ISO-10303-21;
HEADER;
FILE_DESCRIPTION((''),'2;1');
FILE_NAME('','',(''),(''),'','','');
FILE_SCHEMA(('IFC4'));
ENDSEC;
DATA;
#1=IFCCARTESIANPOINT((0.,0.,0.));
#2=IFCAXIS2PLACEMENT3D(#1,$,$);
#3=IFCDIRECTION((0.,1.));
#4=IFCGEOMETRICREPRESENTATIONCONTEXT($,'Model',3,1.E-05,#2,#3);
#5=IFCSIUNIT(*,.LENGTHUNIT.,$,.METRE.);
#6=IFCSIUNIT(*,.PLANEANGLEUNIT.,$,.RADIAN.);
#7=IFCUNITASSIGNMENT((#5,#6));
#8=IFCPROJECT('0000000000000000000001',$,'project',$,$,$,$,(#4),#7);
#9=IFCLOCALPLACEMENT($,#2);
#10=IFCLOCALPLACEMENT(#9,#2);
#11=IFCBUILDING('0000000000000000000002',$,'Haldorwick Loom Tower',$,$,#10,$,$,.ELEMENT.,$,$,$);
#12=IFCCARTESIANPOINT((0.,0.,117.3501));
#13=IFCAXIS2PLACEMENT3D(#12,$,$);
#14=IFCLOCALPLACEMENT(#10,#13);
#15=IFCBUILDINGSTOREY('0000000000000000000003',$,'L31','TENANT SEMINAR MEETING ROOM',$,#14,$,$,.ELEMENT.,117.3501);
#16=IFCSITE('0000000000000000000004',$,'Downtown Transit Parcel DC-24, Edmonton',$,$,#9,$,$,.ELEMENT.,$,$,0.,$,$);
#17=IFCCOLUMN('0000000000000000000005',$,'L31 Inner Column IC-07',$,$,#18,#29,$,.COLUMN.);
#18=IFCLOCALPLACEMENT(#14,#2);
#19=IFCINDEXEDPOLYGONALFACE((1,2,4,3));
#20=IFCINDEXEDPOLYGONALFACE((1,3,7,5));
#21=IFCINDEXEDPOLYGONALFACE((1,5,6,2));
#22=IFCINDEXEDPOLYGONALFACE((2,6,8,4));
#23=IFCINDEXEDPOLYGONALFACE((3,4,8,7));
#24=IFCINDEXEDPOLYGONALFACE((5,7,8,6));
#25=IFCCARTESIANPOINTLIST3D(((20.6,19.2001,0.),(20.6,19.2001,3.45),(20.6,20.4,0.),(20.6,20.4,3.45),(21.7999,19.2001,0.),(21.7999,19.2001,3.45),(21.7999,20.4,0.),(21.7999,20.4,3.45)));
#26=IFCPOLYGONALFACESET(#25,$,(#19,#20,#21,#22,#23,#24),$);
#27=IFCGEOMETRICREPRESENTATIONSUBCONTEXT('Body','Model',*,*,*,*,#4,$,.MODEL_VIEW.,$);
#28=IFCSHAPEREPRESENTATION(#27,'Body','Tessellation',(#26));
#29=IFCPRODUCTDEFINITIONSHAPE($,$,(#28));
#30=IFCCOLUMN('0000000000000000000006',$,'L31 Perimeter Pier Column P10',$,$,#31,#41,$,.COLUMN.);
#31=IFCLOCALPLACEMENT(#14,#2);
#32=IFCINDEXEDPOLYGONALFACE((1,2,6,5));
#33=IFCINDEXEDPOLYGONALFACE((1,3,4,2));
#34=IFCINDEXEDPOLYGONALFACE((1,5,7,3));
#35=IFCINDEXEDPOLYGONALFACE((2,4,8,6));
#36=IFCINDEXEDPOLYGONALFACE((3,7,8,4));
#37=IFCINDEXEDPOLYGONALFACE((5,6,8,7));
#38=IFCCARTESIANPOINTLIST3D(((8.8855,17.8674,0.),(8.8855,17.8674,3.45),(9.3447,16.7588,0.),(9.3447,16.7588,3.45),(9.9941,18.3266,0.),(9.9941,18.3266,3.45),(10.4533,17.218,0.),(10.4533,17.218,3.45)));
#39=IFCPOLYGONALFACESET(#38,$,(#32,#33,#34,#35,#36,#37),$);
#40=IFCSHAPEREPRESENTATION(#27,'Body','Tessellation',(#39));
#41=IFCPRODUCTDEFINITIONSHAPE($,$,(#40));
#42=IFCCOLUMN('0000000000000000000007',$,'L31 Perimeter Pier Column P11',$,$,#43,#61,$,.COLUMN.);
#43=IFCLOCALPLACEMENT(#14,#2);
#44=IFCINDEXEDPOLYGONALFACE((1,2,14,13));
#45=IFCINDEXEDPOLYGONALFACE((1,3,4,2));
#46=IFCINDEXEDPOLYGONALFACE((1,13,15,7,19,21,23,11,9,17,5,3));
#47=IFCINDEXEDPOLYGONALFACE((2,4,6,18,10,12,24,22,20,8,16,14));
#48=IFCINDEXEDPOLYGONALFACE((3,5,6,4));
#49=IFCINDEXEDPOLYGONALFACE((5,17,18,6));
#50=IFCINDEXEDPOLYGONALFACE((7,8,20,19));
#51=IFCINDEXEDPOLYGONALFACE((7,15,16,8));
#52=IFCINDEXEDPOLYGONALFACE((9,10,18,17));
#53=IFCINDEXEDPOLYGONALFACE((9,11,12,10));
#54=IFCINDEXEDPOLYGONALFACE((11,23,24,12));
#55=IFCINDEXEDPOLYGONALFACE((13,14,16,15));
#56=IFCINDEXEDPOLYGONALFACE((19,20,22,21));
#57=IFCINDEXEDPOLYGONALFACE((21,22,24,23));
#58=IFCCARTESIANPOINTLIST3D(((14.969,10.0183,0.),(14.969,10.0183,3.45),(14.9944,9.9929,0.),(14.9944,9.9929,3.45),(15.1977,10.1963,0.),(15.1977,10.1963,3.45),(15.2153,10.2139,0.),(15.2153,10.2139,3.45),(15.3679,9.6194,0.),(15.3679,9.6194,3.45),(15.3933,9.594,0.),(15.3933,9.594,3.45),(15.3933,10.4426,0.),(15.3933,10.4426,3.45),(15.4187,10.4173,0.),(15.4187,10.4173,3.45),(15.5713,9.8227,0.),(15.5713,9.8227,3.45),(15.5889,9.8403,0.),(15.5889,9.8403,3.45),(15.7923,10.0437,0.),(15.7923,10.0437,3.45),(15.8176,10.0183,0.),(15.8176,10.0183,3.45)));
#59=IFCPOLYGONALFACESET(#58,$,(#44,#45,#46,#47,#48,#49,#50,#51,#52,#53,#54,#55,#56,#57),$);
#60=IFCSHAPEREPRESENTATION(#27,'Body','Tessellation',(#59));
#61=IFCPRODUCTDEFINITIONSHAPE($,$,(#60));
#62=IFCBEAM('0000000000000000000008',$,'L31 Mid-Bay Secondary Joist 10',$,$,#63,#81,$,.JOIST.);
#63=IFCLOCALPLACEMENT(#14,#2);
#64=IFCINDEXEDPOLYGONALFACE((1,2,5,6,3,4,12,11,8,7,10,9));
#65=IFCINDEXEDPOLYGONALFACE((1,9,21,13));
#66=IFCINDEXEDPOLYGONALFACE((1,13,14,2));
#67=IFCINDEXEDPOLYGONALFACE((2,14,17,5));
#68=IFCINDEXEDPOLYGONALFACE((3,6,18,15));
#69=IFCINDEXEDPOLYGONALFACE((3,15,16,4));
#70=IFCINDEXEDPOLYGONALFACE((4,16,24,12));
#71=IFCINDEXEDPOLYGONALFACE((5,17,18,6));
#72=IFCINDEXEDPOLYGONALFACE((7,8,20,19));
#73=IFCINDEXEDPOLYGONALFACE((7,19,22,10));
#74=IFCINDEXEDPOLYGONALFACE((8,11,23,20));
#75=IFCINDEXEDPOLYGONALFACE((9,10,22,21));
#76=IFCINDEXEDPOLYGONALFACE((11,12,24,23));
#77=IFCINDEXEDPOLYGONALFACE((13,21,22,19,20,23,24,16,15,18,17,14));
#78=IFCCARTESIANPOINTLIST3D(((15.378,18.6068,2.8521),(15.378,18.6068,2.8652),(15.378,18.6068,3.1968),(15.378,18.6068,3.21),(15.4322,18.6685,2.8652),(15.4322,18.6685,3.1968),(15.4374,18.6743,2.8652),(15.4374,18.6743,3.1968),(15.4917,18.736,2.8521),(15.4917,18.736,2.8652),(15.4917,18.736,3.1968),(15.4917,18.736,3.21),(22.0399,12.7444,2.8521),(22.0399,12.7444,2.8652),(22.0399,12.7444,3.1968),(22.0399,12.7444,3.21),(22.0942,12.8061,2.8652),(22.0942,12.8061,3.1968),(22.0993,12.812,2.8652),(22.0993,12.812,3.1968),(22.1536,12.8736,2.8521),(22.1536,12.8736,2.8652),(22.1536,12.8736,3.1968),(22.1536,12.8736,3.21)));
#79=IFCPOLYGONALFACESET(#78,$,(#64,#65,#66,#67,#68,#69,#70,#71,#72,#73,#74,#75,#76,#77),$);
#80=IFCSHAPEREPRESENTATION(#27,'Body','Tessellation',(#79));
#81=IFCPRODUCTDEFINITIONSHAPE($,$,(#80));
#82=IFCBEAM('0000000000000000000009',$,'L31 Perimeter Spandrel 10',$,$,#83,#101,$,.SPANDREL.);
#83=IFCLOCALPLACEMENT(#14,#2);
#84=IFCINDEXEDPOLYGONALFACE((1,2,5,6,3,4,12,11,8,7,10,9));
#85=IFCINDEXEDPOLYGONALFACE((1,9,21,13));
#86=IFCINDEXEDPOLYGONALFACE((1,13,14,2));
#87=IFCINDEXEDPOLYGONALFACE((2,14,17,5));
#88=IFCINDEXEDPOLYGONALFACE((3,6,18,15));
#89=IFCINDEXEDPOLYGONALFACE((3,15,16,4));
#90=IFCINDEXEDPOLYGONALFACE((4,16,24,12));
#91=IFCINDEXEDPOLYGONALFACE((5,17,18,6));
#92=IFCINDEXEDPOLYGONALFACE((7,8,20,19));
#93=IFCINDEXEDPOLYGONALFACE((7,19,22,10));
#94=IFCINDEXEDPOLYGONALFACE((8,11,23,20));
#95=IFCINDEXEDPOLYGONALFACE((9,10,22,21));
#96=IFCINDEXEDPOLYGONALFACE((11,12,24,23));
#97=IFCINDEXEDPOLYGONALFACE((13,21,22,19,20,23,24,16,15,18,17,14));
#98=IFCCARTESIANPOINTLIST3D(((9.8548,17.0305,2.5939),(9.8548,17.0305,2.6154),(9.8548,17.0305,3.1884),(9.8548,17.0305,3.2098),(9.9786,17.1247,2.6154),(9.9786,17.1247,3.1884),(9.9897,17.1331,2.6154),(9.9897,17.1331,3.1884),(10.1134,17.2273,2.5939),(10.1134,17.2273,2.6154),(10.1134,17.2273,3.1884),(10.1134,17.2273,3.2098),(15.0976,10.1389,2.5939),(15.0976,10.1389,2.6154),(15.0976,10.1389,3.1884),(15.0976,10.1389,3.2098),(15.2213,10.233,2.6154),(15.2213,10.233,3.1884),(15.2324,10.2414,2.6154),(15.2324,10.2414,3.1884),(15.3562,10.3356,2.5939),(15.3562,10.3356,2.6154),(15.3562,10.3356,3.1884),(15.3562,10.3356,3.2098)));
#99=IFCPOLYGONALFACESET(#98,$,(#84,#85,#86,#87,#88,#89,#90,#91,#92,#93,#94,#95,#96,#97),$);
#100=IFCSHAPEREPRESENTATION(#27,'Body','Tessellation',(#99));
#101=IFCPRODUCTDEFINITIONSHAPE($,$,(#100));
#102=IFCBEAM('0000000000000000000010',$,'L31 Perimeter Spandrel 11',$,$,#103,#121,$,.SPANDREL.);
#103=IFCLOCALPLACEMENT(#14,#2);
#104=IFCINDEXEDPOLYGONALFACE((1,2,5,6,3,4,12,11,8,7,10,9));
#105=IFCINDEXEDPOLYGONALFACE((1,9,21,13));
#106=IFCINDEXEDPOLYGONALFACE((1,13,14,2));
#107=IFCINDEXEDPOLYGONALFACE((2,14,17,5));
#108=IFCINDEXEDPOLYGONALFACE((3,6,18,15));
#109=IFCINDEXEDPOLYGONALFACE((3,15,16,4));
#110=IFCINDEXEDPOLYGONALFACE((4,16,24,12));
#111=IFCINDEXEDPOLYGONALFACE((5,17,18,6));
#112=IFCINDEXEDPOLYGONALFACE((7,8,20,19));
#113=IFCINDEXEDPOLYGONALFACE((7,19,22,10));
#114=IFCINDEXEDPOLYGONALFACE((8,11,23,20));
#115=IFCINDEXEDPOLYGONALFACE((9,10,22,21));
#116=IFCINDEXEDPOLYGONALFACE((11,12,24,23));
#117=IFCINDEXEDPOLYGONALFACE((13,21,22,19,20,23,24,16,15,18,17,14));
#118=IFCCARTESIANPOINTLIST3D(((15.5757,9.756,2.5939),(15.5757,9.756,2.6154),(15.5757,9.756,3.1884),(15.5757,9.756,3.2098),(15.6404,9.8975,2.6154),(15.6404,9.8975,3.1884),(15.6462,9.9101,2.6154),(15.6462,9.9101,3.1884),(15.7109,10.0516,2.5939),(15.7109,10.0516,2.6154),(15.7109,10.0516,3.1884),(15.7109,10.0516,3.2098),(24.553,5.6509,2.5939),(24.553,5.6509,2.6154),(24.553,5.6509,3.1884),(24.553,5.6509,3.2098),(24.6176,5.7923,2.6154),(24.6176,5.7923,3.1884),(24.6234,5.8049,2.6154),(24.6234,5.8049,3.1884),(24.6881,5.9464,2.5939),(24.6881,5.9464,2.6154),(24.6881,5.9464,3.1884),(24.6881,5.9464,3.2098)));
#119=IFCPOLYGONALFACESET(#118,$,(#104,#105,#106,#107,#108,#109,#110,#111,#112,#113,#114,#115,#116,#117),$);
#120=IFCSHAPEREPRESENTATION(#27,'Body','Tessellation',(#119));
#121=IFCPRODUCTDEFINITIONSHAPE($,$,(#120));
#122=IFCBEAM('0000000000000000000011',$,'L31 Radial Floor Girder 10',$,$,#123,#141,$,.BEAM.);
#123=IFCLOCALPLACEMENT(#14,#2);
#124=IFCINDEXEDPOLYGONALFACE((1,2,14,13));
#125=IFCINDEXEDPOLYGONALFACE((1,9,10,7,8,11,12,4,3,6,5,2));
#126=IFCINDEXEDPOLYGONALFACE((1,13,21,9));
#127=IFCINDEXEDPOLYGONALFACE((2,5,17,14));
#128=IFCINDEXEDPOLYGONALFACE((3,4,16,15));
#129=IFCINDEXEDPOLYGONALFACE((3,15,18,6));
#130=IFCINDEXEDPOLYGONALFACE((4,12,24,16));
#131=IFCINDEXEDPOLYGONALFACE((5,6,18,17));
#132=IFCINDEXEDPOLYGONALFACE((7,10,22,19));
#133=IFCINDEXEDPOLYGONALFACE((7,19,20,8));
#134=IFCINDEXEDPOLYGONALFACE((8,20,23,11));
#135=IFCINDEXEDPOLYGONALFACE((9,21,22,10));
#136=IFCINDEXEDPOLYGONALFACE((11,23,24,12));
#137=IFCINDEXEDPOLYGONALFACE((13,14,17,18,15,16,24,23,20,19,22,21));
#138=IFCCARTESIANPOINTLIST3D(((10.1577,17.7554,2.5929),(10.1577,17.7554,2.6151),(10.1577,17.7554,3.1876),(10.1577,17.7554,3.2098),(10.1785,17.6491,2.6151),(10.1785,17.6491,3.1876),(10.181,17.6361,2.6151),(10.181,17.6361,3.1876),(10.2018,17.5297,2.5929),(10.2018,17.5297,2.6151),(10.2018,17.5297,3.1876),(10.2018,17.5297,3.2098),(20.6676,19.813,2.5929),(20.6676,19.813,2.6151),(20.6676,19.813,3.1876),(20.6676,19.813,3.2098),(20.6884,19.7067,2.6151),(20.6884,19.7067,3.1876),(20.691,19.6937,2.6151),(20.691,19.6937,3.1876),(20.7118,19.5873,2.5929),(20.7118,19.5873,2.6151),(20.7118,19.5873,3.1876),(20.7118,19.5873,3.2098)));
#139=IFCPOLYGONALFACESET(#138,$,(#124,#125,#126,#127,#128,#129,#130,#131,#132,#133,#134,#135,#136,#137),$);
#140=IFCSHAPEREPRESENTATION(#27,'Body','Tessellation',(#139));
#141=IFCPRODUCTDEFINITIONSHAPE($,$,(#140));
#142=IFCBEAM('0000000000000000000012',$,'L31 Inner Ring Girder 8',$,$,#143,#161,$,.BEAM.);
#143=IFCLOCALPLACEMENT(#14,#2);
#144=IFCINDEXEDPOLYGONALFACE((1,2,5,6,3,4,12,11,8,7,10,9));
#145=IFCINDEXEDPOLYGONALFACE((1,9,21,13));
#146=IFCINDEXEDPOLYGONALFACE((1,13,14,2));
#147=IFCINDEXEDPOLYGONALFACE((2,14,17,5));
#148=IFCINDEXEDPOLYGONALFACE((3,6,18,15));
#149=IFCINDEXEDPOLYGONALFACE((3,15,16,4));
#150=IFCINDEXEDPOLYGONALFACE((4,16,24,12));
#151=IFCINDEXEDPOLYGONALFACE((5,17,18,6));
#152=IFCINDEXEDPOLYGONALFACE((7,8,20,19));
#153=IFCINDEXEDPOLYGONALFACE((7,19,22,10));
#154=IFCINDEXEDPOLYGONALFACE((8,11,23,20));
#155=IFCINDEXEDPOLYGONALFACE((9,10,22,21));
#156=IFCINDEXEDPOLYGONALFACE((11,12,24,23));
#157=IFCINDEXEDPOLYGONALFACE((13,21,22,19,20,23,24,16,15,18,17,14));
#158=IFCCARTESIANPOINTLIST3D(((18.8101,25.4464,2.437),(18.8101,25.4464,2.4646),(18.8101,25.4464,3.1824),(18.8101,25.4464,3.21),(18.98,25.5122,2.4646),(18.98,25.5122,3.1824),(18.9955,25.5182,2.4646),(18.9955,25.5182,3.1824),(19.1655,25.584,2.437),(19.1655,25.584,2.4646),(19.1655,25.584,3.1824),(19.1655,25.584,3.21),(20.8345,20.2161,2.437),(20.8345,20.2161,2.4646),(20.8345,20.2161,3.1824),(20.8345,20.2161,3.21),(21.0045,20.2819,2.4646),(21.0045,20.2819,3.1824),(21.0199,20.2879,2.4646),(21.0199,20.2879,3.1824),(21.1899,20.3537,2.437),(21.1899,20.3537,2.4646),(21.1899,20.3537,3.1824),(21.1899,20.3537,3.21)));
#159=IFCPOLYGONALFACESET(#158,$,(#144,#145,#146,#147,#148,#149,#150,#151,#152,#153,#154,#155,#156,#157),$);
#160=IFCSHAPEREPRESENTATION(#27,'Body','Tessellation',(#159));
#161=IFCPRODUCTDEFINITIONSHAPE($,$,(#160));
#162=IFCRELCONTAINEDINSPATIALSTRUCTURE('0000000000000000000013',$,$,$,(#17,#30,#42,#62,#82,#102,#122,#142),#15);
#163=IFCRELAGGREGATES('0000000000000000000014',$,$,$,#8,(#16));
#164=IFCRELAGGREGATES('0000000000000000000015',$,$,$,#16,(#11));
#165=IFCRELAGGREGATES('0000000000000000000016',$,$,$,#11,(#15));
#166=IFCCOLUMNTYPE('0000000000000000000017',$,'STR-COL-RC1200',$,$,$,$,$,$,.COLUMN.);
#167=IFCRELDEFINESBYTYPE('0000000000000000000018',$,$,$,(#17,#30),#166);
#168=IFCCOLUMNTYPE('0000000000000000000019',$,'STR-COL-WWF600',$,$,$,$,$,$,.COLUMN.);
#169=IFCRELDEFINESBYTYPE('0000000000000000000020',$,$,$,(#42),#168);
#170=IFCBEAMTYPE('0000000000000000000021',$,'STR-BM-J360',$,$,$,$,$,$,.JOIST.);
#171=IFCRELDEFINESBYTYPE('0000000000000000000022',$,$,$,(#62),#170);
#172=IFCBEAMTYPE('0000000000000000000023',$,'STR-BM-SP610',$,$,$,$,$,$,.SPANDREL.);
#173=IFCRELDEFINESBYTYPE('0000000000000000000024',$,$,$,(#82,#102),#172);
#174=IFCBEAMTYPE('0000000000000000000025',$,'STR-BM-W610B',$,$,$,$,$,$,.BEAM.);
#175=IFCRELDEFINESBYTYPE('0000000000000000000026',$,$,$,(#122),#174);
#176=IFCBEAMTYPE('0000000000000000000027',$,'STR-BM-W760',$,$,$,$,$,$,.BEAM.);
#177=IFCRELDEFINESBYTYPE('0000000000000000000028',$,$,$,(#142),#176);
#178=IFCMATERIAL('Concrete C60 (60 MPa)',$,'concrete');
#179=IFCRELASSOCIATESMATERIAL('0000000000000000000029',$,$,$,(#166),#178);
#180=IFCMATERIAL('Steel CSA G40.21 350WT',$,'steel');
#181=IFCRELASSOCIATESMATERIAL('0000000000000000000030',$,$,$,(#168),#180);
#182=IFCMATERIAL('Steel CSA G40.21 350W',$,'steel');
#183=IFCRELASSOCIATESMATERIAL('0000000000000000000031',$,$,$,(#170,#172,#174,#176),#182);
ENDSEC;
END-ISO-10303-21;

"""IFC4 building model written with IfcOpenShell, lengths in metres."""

from ifc_helpers import new_model, si_unit, direction, frame, origin, origin_2d, place, context, subcontext, project, spatial, rectangle, i_section, extrude, material, material_profile, profile_set, type_object, element, save


model = new_model("IFC4")

# Units and contexts
model_context = context("Model", 3, precision=1e-05, world=origin(), true_north=direction((0.0, 1.0)))
body_context = subcontext(model_context, "Body", "Model", "MODEL_VIEW")
ifc_project = project(units=[si_unit("LENGTHUNIT", "METRE"), si_unit("PLANEANGLEUNIT", "RADIAN")], contexts=[model_context])

# Site, building, storey
site_placement = place(None, origin())
site = spatial("IfcSite", under=ifc_project, at=site_placement, Name="Downtown Transit Parcel DC-24, Edmonton", CompositionType="ELEMENT", RefElevation=0.0)
building_placement = place(site_placement, origin())
building = spatial("IfcBuilding", under=site, at=building_placement, Name="Haldorwick Loom Tower", CompositionType="ELEMENT")
storey_placement = place(building_placement, frame((0.0, 0.0, 117.3501)))
storey = spatial("IfcBuildingStorey", under=building, at=storey_placement, Name="L31", Description="TENANT SEMINAR MEETING ROOM", CompositionType="ELEMENT", Elevation=117.3501)

# Columns
ifc_material_1 = material(Name="Concrete C60 (60 MPa)", Category="concrete")
ifc_material_profile_1 = material_profile(ifc_material_1, rectangle(XDim=1.2, YDim=1.2, at=origin_2d()), Name="RC1200X1200", Category="concrete")
ifc_profile_set_1 = profile_set([ifc_material_profile_1], Name="Concrete C60 (60 MPa)")
column_type_1 = type_object("IfcColumnType", Name="STR-COL-RC1200", PredefinedType="COLUMN", material=ifc_profile_set_1)
for number, where, z_axis, x_axis, name in (
    (1, (21.2, 19.8, 0.0), (0.0, 0.0, 1.0), (1.0, 0.0, 0.0), "L31 Inner Column IC-07"),
    (2, (9.6694, 17.5427, 0.0), (0.0, 0.0, 1.0), (-0.92388, -0.382683, 0.0), "L31 Perimeter Pier Column P10"),
):
    element("IfcColumn", number, at=place(storey_placement, frame(where, z_axis=z_axis, x_axis=x_axis)), inside=storey, type_object=column_type_1, Name=name, PredefinedType="COLUMN", context=body_context, shape_type="SweptSolid", body=[
        extrude(rectangle(XDim=1.2, YDim=1.2, at=origin_2d()), origin(), (0.0, 0.0, 1.0), 3.45),
    ])
ifc_material_2 = material(Name="Steel CSA G40.21 350WT", Category="steel")
ifc_material_profile_2 = material_profile(ifc_material_2, i_section(OverallWidth=0.6001, OverallDepth=0.6001, WebThickness=0.0249, FlangeThickness=0.0359, at=origin_2d()), Name="WWF600X600", Category="steel")
ifc_profile_set_2 = profile_set([ifc_material_profile_2], Name="Steel CSA G40.21 350WT")
column_type_2 = type_object("IfcColumnType", Name="STR-COL-WWF600", PredefinedType="COLUMN", material=ifc_profile_set_2)
column_placement = place(storey_placement, frame((15.3933, 10.0183, 0.0), z_axis=(0.0, 0.0, 1.0), x_axis=(-0.707107, -0.707107, 0.0)))
element("IfcColumn", 3, at=column_placement, inside=storey, type_object=column_type_2, Name="L31 Perimeter Pier Column P11", PredefinedType="COLUMN", context=body_context, shape_type="SweptSolid", body=[
    extrude(i_section(OverallWidth=0.6001, OverallDepth=0.6001, WebThickness=0.0249, FlangeThickness=0.0359, at=origin_2d()), origin(), (0.0, 0.0, 1.0), 3.45),
])

# Beams
ifc_material_3 = material(Name="Steel CSA G40.21 350W", Category="steel")
ifc_material_profile_3 = material_profile(ifc_material_3, i_section(OverallWidth=0.1721, OverallDepth=0.3579, WebThickness=0.0078, FlangeThickness=0.0132, at=origin_2d()), Name="W360X57", Category="steel")
ifc_profile_set_3 = profile_set([ifc_material_profile_3], Name="Steel CSA G40.21 350W")
beam_type_1 = type_object("IfcBeamType", Name="STR-BM-J360", PredefinedType="JOIST", material=ifc_profile_set_3)
beam_1_placement = place(storey_placement, frame((15.4348, 18.6714, 3.031), z_axis=(0.750721, -0.660619, 0.0), x_axis=(0.660619, 0.750721, 0.0)))
element("IfcBeam", 4, at=beam_1_placement, inside=storey, type_object=beam_type_1, Name="L31 Mid-Bay Secondary Joist 10", PredefinedType="JOIST", context=body_context, shape_type="SweptSolid", body=[
    extrude(i_section(OverallWidth=0.1721, OverallDepth=0.3579, WebThickness=0.0078, FlangeThickness=0.0132, at=origin_2d()), origin(), (0.0, 0.0, 1.0), 8.874),
])
ifc_material_profile_4 = material_profile(ifc_material_3, i_section(OverallWidth=0.325, OverallDepth=0.616, WebThickness=0.0139, FlangeThickness=0.0215, at=origin_2d()), Name="W610X174", Category="steel")
ifc_profile_set_4 = profile_set([ifc_material_profile_4], Name="Steel CSA G40.21 350W")
beam_type_2 = type_object("IfcBeamType", Name="STR-BM-SP610", PredefinedType="SPANDREL", material=ifc_profile_set_4)
beam_2_placement = place(storey_placement, frame((9.9841, 17.1289, 2.9019), z_axis=(0.605454, -0.795881, 0.0), x_axis=(0.795881, 0.605454, 0.0)))
element("IfcBeam", 5, at=beam_2_placement, inside=storey, type_object=beam_type_2, Name="L31 Perimeter Spandrel 10", PredefinedType="SPANDREL", context=body_context, shape_type="SweptSolid", body=[
    extrude(i_section(OverallWidth=0.325, OverallDepth=0.616, WebThickness=0.0139, FlangeThickness=0.0215, at=origin_2d()), origin(), (0.0, 0.0, 1.0), 8.6592),
])
beam_3_placement = place(storey_placement, frame((15.6433, 9.9038, 2.9019), z_axis=(0.909424, -0.41587, 0.0), x_axis=(0.41587, 0.909424, 0.0)))
element("IfcBeam", 6, at=beam_3_placement, inside=storey, type_object=beam_type_2, Name="L31 Perimeter Spandrel 11", PredefinedType="SPANDREL", context=body_context, shape_type="SweptSolid", body=[
    extrude(i_section(OverallWidth=0.325, OverallDepth=0.616, WebThickness=0.0139, FlangeThickness=0.0215, at=origin_2d()), origin(), (0.0, 0.0, 1.0), 9.8713),
])
ifc_material_profile_5 = material_profile(ifc_material_3, i_section(OverallWidth=0.23, OverallDepth=0.6169, WebThickness=0.0132, FlangeThickness=0.0222, at=origin_2d()), Name="W610X140", Category="steel")
ifc_profile_set_5 = profile_set([ifc_material_profile_5], Name="Steel CSA G40.21 350W")
beam_type_3 = type_object("IfcBeamType", Name="STR-BM-W610B", PredefinedType="BEAM", material=ifc_profile_set_5)
beam_4_placement = place(storey_placement, frame((20.6897, 19.7002, 2.9014), z_axis=(-0.98137, -0.192129, 0.0), x_axis=(0.192129, -0.98137, 0.0)))
element("IfcBeam", 7, at=beam_4_placement, inside=storey, type_object=beam_type_3, Name="L31 Radial Floor Girder 10", PredefinedType="BEAM", context=body_context, shape_type="SweptSolid", body=[
    extrude(i_section(OverallWidth=0.23, OverallDepth=0.6169, WebThickness=0.0132, FlangeThickness=0.0222, at=origin_2d()), origin(), (0.0, 0.0, 1.0), 10.7095),
])
ifc_material_profile_6 = material_profile(ifc_material_3, i_section(OverallWidth=0.3811, OverallDepth=0.7729, WebThickness=0.0166, FlangeThickness=0.0276, at=origin_2d()), Name="W760X257", Category="steel")
ifc_profile_set_6 = profile_set([ifc_material_profile_6], Name="Steel CSA G40.21 350W")
beam_type_4 = type_object("IfcBeamType", Name="STR-BM-W760", PredefinedType="BEAM", material=ifc_profile_set_6)
beam_5_placement = place(storey_placement, frame((21.0122, 20.2849, 2.8235), z_axis=(-0.360965, 0.932579, 0.0), x_axis=(-0.932579, -0.360965, 0.0)))
element("IfcBeam", 8, at=beam_5_placement, inside=storey, type_object=beam_type_4, Name="L31 Inner Ring Girder 8", PredefinedType="BEAM", context=body_context, shape_type="SweptSolid", body=[
    extrude(i_section(OverallWidth=0.3811, OverallDepth=0.7729, WebThickness=0.0166, FlangeThickness=0.0276, at=origin_2d()), origin(), (0.0, 0.0, 1.0), 5.6084),
])

save(model, "model.ifc")
